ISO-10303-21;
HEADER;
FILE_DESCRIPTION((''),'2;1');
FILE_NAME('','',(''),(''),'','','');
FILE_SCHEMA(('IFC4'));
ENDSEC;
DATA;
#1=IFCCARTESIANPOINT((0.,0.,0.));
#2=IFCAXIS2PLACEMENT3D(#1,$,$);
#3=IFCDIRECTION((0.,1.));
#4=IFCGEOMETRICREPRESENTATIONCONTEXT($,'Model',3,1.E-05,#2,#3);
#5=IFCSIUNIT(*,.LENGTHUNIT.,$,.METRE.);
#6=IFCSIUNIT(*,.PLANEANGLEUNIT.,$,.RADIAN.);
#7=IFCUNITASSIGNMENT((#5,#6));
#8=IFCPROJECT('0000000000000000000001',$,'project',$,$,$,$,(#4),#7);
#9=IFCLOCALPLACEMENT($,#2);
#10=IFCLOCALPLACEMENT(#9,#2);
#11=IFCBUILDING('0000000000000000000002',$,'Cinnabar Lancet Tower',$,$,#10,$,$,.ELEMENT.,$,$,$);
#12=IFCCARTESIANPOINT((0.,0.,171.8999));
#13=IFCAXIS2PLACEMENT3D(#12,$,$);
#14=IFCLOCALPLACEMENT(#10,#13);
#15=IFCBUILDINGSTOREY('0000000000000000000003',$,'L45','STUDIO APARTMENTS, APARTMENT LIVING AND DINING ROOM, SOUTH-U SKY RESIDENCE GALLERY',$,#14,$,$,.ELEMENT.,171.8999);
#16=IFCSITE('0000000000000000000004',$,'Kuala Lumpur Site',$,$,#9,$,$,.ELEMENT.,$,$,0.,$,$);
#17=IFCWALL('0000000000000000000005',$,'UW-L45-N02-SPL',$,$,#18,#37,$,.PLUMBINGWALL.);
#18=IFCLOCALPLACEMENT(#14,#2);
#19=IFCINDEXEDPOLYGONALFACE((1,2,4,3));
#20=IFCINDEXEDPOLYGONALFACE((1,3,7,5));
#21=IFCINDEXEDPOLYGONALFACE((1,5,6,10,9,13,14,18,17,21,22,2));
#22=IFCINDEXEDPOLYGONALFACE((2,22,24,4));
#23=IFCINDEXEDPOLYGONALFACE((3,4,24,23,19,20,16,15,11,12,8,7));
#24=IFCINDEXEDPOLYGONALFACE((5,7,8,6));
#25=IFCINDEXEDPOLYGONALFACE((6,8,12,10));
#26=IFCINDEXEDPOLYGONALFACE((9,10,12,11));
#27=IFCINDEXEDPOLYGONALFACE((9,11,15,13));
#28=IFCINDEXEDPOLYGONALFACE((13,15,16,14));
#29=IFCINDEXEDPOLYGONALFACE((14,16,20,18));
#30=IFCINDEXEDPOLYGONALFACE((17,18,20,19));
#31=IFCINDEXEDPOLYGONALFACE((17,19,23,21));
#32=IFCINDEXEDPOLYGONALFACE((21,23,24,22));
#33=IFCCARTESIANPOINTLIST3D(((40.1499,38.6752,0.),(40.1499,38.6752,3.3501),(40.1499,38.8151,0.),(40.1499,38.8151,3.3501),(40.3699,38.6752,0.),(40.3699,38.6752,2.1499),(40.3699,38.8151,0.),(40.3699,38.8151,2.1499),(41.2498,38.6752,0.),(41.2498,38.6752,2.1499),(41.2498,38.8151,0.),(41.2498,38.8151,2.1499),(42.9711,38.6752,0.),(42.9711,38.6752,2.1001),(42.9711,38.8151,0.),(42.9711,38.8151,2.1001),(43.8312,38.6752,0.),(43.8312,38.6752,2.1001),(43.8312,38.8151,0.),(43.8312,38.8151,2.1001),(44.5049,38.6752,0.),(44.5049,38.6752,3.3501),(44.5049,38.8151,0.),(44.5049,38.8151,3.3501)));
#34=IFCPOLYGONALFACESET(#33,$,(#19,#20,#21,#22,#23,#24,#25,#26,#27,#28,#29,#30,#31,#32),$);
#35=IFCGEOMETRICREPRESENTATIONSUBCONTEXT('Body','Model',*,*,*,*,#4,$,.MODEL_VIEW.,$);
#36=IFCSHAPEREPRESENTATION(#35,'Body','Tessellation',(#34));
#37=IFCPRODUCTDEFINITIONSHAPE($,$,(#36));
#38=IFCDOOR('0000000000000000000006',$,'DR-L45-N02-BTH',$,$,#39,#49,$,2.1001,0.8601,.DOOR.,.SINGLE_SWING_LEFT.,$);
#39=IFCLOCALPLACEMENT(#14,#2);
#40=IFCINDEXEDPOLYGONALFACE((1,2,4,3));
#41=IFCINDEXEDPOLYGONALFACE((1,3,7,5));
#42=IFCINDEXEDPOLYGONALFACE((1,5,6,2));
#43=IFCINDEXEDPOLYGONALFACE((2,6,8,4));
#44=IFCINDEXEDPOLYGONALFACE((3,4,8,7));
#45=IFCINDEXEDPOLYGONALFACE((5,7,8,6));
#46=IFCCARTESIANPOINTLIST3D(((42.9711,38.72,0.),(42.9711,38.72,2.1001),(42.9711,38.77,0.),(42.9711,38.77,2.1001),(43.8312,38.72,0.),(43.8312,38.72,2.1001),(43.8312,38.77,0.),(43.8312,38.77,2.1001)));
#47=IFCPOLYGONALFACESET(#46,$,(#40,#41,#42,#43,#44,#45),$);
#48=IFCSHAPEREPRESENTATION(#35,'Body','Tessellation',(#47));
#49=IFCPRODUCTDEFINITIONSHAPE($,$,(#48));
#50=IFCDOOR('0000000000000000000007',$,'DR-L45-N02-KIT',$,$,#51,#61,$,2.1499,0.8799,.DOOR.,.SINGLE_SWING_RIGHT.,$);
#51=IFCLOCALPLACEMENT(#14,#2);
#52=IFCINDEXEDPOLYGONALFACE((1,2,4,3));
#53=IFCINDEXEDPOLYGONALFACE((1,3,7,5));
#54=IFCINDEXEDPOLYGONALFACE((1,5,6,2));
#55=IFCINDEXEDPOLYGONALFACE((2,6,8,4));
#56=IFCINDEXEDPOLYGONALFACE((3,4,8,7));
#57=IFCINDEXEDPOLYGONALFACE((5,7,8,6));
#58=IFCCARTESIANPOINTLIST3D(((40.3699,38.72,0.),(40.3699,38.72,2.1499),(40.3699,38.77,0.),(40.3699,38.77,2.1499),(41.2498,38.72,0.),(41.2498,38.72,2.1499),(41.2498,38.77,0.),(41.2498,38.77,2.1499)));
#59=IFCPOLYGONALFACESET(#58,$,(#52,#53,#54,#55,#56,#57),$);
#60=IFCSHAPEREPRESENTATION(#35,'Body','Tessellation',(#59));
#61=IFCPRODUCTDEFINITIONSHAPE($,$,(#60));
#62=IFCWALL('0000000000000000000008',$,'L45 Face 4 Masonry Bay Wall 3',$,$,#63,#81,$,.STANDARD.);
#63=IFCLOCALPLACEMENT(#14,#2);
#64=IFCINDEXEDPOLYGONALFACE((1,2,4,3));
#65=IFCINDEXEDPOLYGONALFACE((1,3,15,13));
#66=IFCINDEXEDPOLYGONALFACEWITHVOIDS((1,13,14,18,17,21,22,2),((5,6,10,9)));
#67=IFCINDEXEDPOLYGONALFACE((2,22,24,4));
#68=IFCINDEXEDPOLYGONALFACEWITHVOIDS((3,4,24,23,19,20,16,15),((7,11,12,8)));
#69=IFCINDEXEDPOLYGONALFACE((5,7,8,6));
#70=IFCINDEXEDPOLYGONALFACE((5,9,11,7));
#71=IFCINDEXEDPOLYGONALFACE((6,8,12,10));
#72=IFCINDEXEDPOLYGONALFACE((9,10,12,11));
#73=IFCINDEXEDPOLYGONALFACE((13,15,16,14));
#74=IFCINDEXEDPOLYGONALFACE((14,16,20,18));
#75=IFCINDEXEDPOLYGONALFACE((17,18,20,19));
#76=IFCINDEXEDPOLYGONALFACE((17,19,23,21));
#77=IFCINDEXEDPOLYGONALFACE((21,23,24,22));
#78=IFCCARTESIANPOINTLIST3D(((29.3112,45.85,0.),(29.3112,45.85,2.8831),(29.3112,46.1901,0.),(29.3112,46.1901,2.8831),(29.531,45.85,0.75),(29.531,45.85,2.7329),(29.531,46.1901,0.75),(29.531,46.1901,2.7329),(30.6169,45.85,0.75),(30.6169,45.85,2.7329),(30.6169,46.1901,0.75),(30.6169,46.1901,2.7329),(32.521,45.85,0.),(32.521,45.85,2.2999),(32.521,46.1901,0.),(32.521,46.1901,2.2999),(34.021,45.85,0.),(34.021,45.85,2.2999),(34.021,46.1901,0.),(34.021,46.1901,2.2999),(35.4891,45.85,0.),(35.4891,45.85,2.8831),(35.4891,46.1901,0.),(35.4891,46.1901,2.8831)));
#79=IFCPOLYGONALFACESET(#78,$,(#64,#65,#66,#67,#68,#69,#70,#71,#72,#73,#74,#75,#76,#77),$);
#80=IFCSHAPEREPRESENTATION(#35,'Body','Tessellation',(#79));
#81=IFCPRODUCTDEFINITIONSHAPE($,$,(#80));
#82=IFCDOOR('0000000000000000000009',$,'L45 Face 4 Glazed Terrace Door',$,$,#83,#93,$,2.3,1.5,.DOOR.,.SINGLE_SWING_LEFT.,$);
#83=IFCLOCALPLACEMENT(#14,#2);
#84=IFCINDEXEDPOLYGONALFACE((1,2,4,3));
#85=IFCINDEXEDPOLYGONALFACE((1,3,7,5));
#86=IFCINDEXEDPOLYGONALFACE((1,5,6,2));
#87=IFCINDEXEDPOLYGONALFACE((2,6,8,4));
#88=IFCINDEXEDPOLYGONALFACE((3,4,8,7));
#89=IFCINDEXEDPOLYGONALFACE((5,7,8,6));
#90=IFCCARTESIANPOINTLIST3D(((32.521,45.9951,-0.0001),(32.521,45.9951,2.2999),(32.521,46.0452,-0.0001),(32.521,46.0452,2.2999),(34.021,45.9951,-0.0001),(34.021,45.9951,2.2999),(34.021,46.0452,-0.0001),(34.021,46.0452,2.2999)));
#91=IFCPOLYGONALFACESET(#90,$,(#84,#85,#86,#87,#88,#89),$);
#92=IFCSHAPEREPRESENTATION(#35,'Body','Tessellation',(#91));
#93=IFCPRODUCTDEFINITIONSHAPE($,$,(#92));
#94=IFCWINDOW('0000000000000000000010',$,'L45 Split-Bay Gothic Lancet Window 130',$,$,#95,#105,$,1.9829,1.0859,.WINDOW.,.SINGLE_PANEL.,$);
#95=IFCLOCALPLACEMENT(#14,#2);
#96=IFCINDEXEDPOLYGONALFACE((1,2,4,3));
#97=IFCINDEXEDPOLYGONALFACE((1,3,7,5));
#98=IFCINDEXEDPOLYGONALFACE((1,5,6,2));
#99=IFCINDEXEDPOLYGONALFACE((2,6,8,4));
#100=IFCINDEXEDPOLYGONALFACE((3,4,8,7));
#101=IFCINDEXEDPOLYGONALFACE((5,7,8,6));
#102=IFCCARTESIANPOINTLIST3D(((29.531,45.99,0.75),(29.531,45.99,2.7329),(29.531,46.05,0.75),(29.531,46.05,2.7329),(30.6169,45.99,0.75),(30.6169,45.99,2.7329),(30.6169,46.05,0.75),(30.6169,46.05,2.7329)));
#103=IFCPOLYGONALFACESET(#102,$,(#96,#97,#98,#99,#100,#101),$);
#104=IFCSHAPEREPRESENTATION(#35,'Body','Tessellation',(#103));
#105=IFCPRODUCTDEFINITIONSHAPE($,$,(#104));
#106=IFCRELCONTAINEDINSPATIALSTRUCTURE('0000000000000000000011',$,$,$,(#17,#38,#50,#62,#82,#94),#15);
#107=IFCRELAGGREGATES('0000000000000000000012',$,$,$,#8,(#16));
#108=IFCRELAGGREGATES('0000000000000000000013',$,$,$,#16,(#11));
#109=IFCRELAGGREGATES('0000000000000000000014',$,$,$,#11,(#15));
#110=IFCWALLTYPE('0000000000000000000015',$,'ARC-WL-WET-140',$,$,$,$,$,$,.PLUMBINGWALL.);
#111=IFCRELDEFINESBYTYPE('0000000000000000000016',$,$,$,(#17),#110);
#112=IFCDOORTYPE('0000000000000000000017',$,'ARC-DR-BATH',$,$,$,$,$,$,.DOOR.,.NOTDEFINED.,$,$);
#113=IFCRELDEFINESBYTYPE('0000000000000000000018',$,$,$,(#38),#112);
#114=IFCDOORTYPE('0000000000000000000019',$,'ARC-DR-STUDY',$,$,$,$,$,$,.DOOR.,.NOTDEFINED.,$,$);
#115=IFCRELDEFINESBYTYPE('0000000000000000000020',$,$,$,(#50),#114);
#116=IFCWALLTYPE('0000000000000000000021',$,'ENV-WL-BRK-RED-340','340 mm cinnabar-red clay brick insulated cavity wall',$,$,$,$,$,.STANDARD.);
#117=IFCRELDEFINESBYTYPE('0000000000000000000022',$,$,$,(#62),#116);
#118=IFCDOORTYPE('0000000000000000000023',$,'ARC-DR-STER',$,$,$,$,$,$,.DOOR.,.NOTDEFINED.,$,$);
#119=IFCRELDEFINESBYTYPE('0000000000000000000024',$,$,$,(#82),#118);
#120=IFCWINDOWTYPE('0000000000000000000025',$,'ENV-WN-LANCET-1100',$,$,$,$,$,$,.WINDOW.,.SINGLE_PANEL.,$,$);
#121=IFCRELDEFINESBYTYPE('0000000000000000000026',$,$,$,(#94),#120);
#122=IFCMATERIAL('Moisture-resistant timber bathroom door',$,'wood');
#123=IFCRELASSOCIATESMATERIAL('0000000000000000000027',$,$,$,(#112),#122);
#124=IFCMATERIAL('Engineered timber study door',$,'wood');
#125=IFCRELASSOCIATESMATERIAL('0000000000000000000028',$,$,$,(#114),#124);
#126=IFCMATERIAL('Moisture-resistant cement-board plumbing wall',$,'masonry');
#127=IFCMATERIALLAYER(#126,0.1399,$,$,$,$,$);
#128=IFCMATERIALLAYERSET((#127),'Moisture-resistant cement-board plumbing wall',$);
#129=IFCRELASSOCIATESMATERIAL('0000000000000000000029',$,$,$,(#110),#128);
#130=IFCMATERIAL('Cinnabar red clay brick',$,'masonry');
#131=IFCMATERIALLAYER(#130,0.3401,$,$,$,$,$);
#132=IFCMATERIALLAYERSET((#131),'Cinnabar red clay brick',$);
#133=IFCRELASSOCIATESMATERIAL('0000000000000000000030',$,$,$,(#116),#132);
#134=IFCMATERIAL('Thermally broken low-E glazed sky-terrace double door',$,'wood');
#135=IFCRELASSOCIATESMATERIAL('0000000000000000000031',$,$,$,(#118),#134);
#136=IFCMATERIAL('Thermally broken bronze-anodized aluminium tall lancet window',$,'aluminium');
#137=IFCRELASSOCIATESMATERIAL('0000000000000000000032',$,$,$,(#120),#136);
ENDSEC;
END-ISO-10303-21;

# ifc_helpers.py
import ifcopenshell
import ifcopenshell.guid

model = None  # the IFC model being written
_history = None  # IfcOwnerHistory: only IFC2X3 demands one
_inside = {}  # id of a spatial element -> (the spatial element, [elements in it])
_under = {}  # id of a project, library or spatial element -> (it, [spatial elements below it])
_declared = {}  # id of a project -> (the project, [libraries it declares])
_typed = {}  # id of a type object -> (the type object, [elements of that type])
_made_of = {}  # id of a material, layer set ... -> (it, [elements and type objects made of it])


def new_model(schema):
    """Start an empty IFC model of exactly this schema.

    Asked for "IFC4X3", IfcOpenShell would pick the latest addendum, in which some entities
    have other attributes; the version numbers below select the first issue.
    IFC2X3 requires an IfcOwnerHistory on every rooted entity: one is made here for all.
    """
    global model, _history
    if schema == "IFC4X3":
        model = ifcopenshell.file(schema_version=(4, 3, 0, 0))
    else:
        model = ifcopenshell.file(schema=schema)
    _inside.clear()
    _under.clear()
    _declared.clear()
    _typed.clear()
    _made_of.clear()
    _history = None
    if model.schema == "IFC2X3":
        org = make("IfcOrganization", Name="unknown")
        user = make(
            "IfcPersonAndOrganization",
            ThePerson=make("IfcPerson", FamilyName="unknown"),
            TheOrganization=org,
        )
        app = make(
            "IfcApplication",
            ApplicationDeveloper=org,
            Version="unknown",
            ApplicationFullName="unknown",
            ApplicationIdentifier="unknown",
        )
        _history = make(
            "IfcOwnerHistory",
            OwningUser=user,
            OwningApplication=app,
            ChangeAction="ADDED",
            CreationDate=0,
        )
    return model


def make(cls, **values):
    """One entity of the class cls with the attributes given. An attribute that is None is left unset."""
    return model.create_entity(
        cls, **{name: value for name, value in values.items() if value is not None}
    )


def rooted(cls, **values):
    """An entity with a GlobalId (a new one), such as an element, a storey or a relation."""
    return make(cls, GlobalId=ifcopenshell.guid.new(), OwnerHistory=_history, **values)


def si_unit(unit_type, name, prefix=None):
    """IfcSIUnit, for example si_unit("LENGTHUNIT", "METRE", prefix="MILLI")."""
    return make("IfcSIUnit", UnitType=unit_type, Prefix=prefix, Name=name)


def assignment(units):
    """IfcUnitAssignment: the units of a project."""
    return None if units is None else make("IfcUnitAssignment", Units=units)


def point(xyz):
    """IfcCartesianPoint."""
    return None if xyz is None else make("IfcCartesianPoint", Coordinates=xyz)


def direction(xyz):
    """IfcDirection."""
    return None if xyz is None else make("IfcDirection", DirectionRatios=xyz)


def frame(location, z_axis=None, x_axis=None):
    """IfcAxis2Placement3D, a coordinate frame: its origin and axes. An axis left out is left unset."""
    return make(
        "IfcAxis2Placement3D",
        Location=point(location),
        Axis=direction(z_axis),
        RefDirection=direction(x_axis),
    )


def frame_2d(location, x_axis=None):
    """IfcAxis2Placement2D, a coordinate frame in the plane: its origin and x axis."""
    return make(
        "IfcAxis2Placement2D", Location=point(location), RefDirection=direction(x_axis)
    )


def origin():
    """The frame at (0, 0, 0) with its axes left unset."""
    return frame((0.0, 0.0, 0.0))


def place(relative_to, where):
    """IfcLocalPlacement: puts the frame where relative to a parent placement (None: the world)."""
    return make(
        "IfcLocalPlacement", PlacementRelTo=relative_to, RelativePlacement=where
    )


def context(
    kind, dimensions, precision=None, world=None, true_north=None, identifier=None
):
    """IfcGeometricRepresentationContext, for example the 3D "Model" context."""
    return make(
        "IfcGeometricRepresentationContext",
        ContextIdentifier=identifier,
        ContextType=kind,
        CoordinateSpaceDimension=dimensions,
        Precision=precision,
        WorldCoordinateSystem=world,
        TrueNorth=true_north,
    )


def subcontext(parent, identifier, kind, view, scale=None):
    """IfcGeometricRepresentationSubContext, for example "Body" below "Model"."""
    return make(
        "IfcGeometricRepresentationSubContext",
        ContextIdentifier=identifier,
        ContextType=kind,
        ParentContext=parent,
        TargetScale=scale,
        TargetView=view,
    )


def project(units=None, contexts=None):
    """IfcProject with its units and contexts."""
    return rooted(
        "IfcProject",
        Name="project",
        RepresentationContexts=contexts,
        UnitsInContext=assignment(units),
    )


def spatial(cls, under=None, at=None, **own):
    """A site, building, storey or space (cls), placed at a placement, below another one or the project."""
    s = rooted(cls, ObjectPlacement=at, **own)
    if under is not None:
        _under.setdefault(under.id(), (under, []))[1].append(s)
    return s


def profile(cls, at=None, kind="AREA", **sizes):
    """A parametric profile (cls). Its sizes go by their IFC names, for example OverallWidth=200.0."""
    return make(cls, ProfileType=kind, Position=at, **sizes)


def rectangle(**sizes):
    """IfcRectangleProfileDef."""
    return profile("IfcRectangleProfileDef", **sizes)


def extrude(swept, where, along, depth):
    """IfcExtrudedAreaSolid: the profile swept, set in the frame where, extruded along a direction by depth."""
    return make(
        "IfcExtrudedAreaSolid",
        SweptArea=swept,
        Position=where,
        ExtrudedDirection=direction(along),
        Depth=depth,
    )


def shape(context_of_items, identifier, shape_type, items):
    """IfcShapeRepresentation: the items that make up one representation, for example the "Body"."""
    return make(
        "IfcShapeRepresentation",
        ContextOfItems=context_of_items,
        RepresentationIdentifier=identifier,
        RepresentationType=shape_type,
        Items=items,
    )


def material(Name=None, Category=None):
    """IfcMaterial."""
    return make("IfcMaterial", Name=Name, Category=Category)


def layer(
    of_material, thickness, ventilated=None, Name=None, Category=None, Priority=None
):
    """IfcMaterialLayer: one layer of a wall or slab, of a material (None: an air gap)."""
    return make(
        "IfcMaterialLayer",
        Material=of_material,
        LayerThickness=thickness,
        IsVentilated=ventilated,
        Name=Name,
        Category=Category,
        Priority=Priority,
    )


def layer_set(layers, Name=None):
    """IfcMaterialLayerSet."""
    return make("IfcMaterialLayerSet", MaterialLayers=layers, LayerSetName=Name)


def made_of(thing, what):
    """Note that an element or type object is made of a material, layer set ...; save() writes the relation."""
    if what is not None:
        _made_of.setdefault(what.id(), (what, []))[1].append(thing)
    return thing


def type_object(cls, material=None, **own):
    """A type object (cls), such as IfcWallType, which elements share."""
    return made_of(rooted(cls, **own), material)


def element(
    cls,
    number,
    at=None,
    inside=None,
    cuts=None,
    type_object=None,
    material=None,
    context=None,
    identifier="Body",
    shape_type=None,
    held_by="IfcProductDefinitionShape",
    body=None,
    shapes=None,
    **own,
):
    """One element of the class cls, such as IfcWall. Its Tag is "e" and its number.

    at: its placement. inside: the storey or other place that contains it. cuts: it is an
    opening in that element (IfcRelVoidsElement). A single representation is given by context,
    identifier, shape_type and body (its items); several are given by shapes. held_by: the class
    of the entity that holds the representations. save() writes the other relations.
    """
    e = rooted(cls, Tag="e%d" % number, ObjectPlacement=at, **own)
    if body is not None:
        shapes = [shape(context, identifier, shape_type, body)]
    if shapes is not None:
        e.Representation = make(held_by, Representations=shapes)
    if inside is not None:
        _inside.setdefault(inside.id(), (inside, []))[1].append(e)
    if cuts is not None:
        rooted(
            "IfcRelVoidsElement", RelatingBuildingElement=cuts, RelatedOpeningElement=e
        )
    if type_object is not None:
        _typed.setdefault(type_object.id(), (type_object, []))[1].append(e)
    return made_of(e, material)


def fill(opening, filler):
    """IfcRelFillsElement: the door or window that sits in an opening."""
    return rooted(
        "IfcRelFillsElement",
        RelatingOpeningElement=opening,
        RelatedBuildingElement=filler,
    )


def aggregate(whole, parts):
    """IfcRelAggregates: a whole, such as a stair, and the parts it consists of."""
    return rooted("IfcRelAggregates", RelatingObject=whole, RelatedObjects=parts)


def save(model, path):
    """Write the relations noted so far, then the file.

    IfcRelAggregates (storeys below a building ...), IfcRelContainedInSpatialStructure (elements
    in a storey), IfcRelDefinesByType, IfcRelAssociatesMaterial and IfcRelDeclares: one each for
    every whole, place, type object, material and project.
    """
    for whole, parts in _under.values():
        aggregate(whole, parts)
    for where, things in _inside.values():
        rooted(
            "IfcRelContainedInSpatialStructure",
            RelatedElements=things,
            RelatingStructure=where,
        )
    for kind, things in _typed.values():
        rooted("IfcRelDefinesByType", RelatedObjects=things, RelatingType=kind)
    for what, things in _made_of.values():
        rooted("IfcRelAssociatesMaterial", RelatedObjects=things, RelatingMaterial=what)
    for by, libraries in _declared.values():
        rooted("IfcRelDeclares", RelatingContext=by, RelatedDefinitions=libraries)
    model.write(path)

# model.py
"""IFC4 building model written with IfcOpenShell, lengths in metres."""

from ifc_helpers import new_model, si_unit, direction, frame, frame_2d, origin, place, context, subcontext, project, spatial, rectangle, extrude, material, layer, layer_set, type_object, element, fill, save


model = new_model("IFC4")

# Units and contexts
model_context = context("Model", 3, precision=1e-05, world=origin(), true_north=direction((0.0, 1.0)))
body_context = subcontext(model_context, "Body", "Model", "MODEL_VIEW")
ifc_project = project(units=[si_unit("LENGTHUNIT", "METRE"), si_unit("PLANEANGLEUNIT", "RADIAN")], contexts=[model_context])

# Site, building, storey
site_placement = place(None, origin())
site = spatial("IfcSite", under=ifc_project, at=site_placement, Name="Kuala Lumpur Site", CompositionType="ELEMENT", RefElevation=0.0)
building_placement = place(site_placement, origin())
building = spatial("IfcBuilding", under=site, at=building_placement, Name="Cinnabar Lancet Tower", CompositionType="ELEMENT")
storey_placement = place(building_placement, frame((0.0, 0.0, 171.8999)))
storey = spatial("IfcBuildingStorey", under=building, at=storey_placement, Name="L45", Description="STUDIO APARTMENTS, APARTMENT LIVING AND DINING ROOM, SOUTH-U SKY RESIDENCE GALLERY", CompositionType="ELEMENT", Elevation=171.8999)

# Shared definitions
ifc_material_1 = material(Name="Moisture-resistant timber bathroom door", Category="wood")
door_type_1 = type_object("IfcDoorType", Name="ARC-DR-BATH", OperationType="NOTDEFINED", PredefinedType="DOOR", material=ifc_material_1)

# Shared definitions
ifc_material_2 = material(Name="Engineered timber study door", Category="wood")
door_type_2 = type_object("IfcDoorType", Name="ARC-DR-STUDY", OperationType="NOTDEFINED", PredefinedType="DOOR", material=ifc_material_2)

# Shared definitions
ifc_material_3 = material(Name="Moisture-resistant cement-board plumbing wall", Category="masonry")
ifc_layer_1 = layer(ifc_material_3, 0.1399)
ifc_layer_set_1 = layer_set([ifc_layer_1], Name="Moisture-resistant cement-board plumbing wall")
wall_type_1 = type_object("IfcWallType", Name="ARC-WL-WET-140", PredefinedType="PLUMBINGWALL", material=ifc_layer_set_1)

# Wall, openings, doors
wall_1_placement = place(storey_placement, frame((40.1499, 38.7451, 0.0), z_axis=(0.0, 0.0, 1.0), x_axis=(1.0, 0.0, 0.0)))
wall_1 = element("IfcWall", 1, at=wall_1_placement, inside=storey, type_object=wall_type_1, Name="UW-L45-N02-SPL", PredefinedType="PLUMBINGWALL", context=body_context, shape_type="SweptSolid", body=[
    extrude(rectangle(XDim=4.355, YDim=0.1399, at=frame_2d((2.1775, 0.0))), origin(), (0.0, 0.0, 1.0), 3.3501),
])
opening_1_placement = place(wall_1_placement, frame((2.821, 0.0, 0.0)))
opening_1 = element("IfcOpeningElement", 2, at=opening_1_placement, cuts=wall_1, PredefinedType="OPENING", context=body_context, shape_type="SweptSolid", body=[
    extrude(rectangle(XDim=0.8601, YDim=2.1001, at=frame_2d((0.4302, 1.05))), frame((0.0, 0.0798, 0.0), z_axis=(0.0, -1.0, 0.0), x_axis=(1.0, 0.0, 0.0)), (0.0, 0.0, 1.0), 0.1599),
])
opening_2_placement = place(wall_1_placement, frame((0.22, 0.0, 0.0)))
opening_2 = element("IfcOpeningElement", 3, at=opening_2_placement, cuts=wall_1, PredefinedType="OPENING", context=body_context, shape_type="SweptSolid", body=[
    extrude(rectangle(XDim=0.8799, YDim=2.1499, at=frame_2d((0.4399, 1.075))), frame((0.0, 0.0798, 0.0), z_axis=(0.0, -1.0, 0.0), x_axis=(1.0, 0.0, 0.0)), (0.0, 0.0, 1.0), 0.1599),
])
door_1_placement = place(opening_1_placement, origin())
door_1 = element("IfcDoor", 4, at=door_1_placement, inside=storey, type_object=door_type_1, Name="DR-L45-N02-BTH", OperationType="SINGLE_SWING_LEFT", OverallHeight=2.1001, OverallWidth=0.8601, PredefinedType="DOOR", context=body_context, shape_type="SweptSolid", body=[
    extrude(rectangle(XDim=0.8601, YDim=2.1001, at=frame_2d((0.4302, 1.05))), frame((0.0, 0.0249, 0.0), z_axis=(0.0, -1.0, 0.0), x_axis=(1.0, 0.0, 0.0)), (0.0, 0.0, 1.0), 0.05),
])
fill(opening_1, door_1)
door_2_placement = place(opening_2_placement, origin())
door_2 = element("IfcDoor", 5, at=door_2_placement, inside=storey, type_object=door_type_2, Name="DR-L45-N02-KIT", OperationType="SINGLE_SWING_RIGHT", OverallHeight=2.1499, OverallWidth=0.8799, PredefinedType="DOOR", context=body_context, shape_type="SweptSolid", body=[
    extrude(rectangle(XDim=0.8799, YDim=2.1499, at=frame_2d((0.4399, 1.075))), frame((0.0, 0.0249, 0.0), z_axis=(0.0, -1.0, 0.0), x_axis=(1.0, 0.0, 0.0)), (0.0, 0.0, 1.0), 0.05),
])
fill(opening_2, door_2)

# Wall, openings, door, window
ifc_material_4 = material(Name="Cinnabar red clay brick", Category="masonry")
ifc_layer_2 = layer(ifc_material_4, 0.3401)
ifc_layer_set_2 = layer_set([ifc_layer_2], Name="Cinnabar red clay brick")
wall_type_2 = type_object("IfcWallType", Name="ENV-WL-BRK-RED-340", Description="340 mm cinnabar-red clay brick insulated cavity wall", PredefinedType="STANDARD", material=ifc_layer_set_2)
wall_2_placement = place(storey_placement, frame((35.489, 46.02, 0.0), z_axis=(0.0, 0.0, 1.0), x_axis=(-1.0, 0.0, 0.0)))
wall_2 = element("IfcWall", 6, at=wall_2_placement, inside=storey, type_object=wall_type_2, Name="L45 Face 4 Masonry Bay Wall 3", PredefinedType="STANDARD", context=body_context, shape_type="SweptSolid", body=[
    extrude(rectangle(XDim=6.178, YDim=0.3401, at=frame_2d((3.0889, 0.0))), origin(), (0.0, 0.0, 1.0), 2.8831),
])
opening_3_placement = place(wall_2_placement, frame((1.468, 0.0, 0.0)))
opening_3 = element("IfcOpeningElement", 7, at=opening_3_placement, cuts=wall_2, PredefinedType="OPENING", context=body_context, shape_type="SweptSolid", body=[
    extrude(rectangle(XDim=1.5, YDim=2.3, at=frame_2d((0.75, 1.1499))), frame((0.0, 0.1799, 0.0), z_axis=(0.0, -1.0, 0.0), x_axis=(1.0, 0.0, 0.0)), (0.0, 0.0, 1.0), 0.3601),
])
opening_4_placement = place(wall_2_placement, frame((4.8721, 0.0, 0.75)))
opening_4 = element("IfcOpeningElement", 8, at=opening_4_placement, cuts=wall_2, PredefinedType="OPENING", context=body_context, shape_type="SweptSolid", body=[
    extrude(rectangle(XDim=1.0859, YDim=1.9829, at=frame_2d((0.543, 0.9915))), frame((0.0, 0.1799, 0.0), z_axis=(0.0, -1.0, 0.0), x_axis=(1.0, 0.0, 0.0)), (0.0, 0.0, 1.0), 0.3601),
])
ifc_material_5 = material(Name="Thermally broken low-E glazed sky-terrace double door", Category="wood")
door_type_3 = type_object("IfcDoorType", Name="ARC-DR-STER", OperationType="NOTDEFINED", PredefinedType="DOOR", material=ifc_material_5)
door_3_placement = place(opening_3_placement, origin())
door_3 = element("IfcDoor", 9, at=door_3_placement, inside=storey, type_object=door_type_3, Name="L45 Face 4 Glazed Terrace Door", OperationType="SINGLE_SWING_LEFT", OverallHeight=2.3, OverallWidth=1.5, PredefinedType="DOOR", context=body_context, shape_type="SweptSolid", body=[
    extrude(rectangle(XDim=1.5, YDim=2.3, at=frame_2d((0.75, 1.1499))), frame((0.0, 0.0249, 0.0), z_axis=(0.0, -1.0, 0.0), x_axis=(1.0, 0.0, 0.0)), (0.0, 0.0, 1.0), 0.05),
])
fill(opening_3, door_3)
ifc_material_6 = material(Name="Thermally broken bronze-anodized aluminium tall lancet window", Category="aluminium")
window_type = type_object("IfcWindowType", Name="ENV-WN-LANCET-1100", PartitioningType="SINGLE_PANEL", PredefinedType="WINDOW", material=ifc_material_6)
window_placement = place(opening_4_placement, origin())
window = element("IfcWindow", 10, at=window_placement, inside=storey, type_object=window_type, Name="L45 Split-Bay Gothic Lancet Window 130", OverallHeight=1.9829, OverallWidth=1.0859, PartitioningType="SINGLE_PANEL", PredefinedType="WINDOW", context=body_context, shape_type="SweptSolid", body=[
    extrude(rectangle(XDim=1.0859, YDim=1.9829, at=frame_2d((0.543, 0.9915))), frame((0.0, 0.03, 0.0), z_axis=(0.0, -1.0, 0.0), x_axis=(1.0, 0.0, 0.0)), (0.0, 0.0, 1.0), 0.0601),
])
fill(opening_4, window)

save(model, "model.ifc")
